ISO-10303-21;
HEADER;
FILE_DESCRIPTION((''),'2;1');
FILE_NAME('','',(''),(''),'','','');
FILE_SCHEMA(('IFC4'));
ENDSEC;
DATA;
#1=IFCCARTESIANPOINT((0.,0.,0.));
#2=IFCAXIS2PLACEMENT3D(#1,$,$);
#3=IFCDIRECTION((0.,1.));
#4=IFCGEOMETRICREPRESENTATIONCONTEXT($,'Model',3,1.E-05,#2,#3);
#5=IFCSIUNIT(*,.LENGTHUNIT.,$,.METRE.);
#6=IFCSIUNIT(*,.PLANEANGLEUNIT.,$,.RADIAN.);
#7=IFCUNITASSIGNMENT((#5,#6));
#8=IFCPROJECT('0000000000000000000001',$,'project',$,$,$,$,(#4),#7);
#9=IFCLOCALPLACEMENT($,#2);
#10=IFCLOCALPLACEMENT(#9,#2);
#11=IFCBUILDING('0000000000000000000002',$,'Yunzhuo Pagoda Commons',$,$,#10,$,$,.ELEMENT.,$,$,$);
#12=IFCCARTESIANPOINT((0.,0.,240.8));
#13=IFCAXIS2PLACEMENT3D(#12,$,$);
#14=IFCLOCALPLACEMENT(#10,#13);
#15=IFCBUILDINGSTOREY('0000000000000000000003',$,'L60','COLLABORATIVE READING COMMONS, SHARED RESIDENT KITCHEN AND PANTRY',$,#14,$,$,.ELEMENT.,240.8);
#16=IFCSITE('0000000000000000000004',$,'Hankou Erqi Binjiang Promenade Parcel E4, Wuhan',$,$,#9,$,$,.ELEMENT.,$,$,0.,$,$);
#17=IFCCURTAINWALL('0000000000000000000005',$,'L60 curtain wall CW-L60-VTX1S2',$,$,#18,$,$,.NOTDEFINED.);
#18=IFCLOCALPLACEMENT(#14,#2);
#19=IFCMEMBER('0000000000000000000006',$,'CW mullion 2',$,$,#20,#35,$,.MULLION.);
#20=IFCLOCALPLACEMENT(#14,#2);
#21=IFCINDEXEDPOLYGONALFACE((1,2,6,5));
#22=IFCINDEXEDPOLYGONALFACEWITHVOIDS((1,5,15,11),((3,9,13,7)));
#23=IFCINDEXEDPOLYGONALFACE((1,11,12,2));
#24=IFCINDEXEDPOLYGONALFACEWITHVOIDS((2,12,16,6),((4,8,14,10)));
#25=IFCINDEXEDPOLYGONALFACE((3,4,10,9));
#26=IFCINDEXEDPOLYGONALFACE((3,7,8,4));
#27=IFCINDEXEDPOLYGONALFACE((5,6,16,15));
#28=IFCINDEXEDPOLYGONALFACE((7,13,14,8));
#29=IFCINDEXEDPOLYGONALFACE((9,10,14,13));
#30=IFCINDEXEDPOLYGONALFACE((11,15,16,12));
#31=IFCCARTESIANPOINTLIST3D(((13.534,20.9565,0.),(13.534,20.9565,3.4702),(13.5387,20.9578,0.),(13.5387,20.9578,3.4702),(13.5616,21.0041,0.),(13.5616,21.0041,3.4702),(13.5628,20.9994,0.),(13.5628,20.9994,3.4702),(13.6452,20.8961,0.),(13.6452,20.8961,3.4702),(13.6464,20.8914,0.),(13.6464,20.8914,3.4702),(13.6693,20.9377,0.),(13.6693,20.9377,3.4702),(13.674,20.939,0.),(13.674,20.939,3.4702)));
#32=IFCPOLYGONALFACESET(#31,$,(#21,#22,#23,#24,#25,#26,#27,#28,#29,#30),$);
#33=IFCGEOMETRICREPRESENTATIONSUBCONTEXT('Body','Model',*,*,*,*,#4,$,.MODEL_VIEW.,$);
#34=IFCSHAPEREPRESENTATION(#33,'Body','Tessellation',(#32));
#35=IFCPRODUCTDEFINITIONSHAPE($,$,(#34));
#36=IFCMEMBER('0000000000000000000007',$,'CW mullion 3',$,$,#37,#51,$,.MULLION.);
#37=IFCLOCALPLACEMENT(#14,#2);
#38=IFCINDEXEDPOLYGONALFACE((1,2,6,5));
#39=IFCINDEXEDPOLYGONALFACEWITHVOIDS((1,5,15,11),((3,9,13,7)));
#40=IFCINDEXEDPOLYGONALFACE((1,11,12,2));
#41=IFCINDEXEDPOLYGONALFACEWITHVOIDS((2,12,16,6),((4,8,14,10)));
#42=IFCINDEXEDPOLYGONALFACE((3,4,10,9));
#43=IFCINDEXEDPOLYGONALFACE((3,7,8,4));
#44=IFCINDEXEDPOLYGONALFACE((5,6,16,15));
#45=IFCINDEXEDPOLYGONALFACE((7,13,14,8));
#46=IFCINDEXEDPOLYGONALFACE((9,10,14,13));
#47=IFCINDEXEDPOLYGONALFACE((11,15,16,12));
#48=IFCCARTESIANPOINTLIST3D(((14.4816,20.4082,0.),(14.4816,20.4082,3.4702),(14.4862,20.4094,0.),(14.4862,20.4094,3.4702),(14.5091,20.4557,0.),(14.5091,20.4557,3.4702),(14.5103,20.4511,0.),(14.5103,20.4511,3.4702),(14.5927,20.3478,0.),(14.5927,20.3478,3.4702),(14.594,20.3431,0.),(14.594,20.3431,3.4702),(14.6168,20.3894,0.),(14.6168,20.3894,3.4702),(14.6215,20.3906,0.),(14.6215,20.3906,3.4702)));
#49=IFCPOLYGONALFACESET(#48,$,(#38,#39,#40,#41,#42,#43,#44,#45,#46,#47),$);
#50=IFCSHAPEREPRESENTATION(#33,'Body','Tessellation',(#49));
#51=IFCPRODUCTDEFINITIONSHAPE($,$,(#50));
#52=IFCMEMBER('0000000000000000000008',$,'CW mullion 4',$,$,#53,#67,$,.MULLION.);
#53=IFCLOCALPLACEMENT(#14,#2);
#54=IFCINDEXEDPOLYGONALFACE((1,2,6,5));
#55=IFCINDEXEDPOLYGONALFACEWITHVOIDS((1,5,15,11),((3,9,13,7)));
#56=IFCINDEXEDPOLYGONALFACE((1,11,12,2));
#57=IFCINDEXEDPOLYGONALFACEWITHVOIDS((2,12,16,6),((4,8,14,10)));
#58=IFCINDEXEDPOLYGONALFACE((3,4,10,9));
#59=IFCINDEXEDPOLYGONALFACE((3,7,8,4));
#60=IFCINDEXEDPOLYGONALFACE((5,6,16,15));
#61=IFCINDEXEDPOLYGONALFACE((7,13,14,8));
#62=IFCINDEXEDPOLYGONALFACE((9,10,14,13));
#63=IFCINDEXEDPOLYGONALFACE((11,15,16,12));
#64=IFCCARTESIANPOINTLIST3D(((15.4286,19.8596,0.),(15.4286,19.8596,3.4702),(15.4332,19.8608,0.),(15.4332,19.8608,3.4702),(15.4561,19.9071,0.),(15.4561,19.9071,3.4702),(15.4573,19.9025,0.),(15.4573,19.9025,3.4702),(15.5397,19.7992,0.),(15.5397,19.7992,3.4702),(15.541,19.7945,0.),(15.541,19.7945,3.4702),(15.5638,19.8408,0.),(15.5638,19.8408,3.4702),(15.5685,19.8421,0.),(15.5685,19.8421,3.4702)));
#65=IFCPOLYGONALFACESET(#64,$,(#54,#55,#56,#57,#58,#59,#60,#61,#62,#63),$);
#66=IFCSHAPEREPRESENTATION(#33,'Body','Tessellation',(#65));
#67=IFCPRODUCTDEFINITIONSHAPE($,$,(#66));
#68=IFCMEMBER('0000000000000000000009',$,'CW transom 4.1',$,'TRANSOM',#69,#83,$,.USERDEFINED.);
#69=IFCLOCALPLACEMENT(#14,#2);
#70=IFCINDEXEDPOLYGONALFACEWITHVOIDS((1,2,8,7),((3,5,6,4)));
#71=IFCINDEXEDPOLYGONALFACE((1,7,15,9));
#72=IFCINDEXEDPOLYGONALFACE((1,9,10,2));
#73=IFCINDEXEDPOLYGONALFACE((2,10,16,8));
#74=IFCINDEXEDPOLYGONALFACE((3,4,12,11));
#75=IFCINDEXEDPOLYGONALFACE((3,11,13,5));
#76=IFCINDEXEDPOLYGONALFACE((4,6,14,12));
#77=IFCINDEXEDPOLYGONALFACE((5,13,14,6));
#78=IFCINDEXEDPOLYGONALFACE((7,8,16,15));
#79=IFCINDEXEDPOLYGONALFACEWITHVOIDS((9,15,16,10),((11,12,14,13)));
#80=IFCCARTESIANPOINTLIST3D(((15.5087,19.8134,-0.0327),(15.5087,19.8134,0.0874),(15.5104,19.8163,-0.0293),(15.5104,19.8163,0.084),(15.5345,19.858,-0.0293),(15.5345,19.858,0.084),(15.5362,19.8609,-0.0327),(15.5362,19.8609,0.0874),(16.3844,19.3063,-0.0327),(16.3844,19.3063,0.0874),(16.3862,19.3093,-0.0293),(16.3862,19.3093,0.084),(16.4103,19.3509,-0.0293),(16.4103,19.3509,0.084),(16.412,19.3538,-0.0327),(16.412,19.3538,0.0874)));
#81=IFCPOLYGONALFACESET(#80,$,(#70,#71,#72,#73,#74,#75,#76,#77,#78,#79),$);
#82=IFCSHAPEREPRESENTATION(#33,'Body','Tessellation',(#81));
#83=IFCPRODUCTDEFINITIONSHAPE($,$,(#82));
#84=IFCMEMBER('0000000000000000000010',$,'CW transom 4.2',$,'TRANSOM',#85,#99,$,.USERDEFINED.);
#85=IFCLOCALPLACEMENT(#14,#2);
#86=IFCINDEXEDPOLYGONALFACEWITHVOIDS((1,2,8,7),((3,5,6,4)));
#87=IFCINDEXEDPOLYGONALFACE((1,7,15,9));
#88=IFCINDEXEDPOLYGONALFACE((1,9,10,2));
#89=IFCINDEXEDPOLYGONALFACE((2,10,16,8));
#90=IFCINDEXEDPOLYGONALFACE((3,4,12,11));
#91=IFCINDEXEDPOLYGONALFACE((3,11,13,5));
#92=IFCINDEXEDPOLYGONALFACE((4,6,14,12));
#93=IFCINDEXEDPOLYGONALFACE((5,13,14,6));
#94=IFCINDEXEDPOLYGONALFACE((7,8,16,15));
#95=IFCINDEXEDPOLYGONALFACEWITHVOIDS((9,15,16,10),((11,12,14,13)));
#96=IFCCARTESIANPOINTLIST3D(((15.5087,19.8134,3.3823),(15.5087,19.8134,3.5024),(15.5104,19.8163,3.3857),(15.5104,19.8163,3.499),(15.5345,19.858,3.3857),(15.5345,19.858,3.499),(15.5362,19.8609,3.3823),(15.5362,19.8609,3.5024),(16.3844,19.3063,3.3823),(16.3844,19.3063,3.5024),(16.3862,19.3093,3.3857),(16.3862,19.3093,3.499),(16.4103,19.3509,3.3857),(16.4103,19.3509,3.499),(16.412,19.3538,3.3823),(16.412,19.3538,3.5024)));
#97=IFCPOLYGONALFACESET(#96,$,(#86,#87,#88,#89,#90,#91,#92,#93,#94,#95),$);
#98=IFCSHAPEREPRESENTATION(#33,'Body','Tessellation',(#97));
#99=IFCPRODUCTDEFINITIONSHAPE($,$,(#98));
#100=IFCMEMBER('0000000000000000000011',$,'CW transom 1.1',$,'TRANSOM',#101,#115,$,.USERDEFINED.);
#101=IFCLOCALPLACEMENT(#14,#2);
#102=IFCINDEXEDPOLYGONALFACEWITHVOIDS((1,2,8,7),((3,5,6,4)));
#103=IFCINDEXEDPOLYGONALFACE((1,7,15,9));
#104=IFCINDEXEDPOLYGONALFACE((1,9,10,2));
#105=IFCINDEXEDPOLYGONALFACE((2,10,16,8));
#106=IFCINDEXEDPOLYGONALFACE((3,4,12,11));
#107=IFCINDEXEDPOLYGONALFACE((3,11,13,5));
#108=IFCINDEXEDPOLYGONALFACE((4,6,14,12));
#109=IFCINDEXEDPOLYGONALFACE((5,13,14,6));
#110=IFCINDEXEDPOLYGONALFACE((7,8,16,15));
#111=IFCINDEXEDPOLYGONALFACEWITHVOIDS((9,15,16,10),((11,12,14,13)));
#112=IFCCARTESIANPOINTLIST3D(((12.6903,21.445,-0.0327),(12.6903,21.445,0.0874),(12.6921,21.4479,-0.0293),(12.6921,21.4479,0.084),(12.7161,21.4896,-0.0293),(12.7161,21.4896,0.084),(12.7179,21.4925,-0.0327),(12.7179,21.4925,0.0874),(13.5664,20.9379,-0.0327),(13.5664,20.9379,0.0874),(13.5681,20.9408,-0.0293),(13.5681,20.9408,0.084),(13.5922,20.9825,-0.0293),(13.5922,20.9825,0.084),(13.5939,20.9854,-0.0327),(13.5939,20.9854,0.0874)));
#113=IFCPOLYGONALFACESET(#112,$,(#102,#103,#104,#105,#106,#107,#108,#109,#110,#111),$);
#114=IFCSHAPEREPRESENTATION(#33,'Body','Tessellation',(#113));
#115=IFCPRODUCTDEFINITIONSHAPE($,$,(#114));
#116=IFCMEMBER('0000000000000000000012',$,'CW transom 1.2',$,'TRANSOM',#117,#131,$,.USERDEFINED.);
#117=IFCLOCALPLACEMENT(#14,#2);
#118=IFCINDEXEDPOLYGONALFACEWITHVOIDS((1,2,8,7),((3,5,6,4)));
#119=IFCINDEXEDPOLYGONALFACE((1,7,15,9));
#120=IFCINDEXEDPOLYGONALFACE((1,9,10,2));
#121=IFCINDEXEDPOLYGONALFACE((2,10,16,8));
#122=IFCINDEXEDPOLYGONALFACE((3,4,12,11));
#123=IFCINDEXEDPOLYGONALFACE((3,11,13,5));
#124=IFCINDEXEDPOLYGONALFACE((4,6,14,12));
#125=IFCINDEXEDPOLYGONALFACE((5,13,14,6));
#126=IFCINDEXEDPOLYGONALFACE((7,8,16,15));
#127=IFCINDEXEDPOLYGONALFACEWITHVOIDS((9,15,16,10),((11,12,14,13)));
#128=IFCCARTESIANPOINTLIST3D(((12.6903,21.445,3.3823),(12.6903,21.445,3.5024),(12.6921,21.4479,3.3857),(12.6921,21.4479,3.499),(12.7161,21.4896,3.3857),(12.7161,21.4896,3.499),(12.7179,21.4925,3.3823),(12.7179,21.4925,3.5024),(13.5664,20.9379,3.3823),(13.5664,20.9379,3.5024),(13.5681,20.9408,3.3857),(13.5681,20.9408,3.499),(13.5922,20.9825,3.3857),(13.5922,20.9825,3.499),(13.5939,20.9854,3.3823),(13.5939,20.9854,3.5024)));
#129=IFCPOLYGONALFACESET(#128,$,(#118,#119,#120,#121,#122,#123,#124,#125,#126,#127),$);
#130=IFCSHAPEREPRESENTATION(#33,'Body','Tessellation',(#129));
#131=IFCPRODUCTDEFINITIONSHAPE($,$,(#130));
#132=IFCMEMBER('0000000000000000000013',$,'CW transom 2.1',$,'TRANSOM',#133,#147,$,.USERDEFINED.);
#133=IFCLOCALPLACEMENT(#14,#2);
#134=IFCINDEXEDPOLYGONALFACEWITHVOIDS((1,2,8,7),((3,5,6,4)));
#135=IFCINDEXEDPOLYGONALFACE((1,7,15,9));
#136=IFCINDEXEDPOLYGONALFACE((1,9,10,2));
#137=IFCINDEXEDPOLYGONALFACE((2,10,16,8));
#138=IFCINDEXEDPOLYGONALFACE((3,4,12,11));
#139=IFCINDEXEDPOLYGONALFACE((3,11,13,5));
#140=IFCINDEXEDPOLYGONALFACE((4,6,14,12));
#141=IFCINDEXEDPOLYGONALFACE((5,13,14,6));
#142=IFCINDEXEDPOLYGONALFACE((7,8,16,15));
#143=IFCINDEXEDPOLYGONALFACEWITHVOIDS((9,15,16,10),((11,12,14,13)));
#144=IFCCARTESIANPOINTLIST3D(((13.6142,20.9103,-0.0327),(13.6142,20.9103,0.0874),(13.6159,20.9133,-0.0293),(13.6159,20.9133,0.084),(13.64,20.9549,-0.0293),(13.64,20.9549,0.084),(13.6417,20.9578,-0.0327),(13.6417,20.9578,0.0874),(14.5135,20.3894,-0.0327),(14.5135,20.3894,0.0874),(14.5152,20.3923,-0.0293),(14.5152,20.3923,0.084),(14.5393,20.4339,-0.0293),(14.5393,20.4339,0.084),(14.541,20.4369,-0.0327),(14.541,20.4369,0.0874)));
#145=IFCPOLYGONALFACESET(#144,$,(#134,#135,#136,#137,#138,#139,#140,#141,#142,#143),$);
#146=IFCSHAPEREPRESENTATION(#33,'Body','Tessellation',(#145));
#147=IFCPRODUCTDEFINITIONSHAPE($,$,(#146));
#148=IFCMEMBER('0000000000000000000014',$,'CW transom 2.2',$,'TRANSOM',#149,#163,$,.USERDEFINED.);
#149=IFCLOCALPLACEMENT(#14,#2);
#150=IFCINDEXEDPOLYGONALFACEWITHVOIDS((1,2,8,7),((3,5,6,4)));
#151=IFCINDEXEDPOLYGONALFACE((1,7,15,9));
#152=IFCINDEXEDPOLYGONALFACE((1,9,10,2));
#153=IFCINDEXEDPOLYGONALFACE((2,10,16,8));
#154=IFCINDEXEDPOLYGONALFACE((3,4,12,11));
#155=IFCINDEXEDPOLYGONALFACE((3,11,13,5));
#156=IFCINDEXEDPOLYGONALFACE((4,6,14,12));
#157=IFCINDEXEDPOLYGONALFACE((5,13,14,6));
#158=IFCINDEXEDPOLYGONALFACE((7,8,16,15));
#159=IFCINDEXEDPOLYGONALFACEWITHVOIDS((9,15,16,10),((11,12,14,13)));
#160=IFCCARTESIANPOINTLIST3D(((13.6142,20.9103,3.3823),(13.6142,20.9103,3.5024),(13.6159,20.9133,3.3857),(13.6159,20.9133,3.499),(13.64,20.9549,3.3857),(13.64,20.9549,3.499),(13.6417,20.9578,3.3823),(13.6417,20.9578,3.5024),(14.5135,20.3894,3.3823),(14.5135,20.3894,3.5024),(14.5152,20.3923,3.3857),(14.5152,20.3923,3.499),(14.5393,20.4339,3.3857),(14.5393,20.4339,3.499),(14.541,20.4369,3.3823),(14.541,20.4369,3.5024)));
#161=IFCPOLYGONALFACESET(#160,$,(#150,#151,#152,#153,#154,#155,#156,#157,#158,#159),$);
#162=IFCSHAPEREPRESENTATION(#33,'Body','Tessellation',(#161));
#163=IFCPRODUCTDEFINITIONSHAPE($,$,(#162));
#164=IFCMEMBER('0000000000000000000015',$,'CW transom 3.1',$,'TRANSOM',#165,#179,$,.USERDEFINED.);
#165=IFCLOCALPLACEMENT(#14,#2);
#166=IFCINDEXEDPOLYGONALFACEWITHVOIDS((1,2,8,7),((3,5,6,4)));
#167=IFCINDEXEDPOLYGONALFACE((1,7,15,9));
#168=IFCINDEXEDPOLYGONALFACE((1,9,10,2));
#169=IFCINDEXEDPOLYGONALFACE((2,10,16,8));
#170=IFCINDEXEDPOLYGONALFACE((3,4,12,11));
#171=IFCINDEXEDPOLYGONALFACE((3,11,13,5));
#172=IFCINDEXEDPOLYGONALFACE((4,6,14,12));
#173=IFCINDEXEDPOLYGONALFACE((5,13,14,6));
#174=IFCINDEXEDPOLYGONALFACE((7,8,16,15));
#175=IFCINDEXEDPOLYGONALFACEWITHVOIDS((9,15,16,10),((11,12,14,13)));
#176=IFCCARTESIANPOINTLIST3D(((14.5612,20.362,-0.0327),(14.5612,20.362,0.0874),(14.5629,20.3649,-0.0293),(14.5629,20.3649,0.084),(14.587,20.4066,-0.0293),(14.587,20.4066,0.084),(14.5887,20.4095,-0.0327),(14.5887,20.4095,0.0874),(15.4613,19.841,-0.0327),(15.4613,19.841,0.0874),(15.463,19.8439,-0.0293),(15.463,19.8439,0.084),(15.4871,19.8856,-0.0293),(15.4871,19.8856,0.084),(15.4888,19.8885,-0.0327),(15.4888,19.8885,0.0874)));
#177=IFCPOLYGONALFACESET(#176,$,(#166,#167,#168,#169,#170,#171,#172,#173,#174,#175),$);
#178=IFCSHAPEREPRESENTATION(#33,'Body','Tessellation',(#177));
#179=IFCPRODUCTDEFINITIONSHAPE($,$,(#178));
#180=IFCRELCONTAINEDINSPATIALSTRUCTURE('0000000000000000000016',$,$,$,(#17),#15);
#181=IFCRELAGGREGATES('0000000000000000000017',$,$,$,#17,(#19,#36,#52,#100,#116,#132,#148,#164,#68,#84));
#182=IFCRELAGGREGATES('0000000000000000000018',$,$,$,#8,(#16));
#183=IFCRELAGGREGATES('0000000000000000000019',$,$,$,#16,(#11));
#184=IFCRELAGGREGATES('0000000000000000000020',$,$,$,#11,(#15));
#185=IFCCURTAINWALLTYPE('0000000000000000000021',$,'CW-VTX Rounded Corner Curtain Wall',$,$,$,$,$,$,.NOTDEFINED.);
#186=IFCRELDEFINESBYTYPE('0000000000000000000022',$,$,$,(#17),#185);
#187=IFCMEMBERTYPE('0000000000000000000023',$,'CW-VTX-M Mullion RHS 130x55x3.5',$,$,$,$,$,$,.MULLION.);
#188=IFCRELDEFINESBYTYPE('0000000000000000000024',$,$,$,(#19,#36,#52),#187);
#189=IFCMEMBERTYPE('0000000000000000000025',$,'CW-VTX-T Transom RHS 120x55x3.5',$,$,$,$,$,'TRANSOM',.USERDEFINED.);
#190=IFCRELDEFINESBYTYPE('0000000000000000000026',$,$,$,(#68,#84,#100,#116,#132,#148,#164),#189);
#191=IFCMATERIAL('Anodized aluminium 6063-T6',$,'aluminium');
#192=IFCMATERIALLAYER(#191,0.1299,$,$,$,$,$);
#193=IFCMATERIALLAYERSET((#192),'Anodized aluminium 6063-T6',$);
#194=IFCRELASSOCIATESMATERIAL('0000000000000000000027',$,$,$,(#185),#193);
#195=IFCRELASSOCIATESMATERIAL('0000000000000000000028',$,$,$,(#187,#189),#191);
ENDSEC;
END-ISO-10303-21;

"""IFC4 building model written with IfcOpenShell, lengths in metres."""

from ifc_helpers import new_model, si_unit, direction, frame, origin, origin_2d, place, context, subcontext, project, spatial, hollow_rectangle, extrude, source, transform, mapped, material, layer, layer_set, material_profile, profile_set, type_object, element, aggregate, save


model = new_model("IFC4")

# Units and contexts
model_context = context("Model", 3, precision=1e-05, world=origin(), true_north=direction((0.0, 1.0)))
body_context = subcontext(model_context, "Body", "Model", "MODEL_VIEW")
ifc_project = project(units=[si_unit("LENGTHUNIT", "METRE"), si_unit("PLANEANGLEUNIT", "RADIAN")], contexts=[model_context])

# Site, building, storey
site_placement = place(None, origin())
site = spatial("IfcSite", under=ifc_project, at=site_placement, Name="Hankou Erqi Binjiang Promenade Parcel E4, Wuhan", CompositionType="ELEMENT", RefElevation=0.0)
building_placement = place(site_placement, origin())
building = spatial("IfcBuilding", under=site, at=building_placement, Name="Yunzhuo Pagoda Commons", CompositionType="ELEMENT")
storey_placement = place(building_placement, frame((0.0, 0.0, 240.8)))
storey = spatial("IfcBuildingStorey", under=building, at=storey_placement, Name="L60", Description="COLLABORATIVE READING COMMONS, SHARED RESIDENT KITCHEN AND PANTRY", CompositionType="ELEMENT", Elevation=240.8)

# Curtain wall, members
ifc_material_1 = material(Name="Anodized aluminium 6063-T6", Category="aluminium")
ifc_layer_1 = layer(ifc_material_1, 0.1299)
ifc_layer_set_1 = layer_set([ifc_layer_1], Name="Anodized aluminium 6063-T6")
curtain_wall_type = type_object("IfcCurtainWallType", Name="CW-VTX Rounded Corner Curtain Wall", PredefinedType="NOTDEFINED", material=ifc_layer_set_1)
curtain_wall_1_placement = place(storey_placement, origin())
curtain_wall_1 = element("IfcCurtainWall", 1, at=curtain_wall_1_placement, inside=storey, type_object=curtain_wall_type, Name="L60 curtain wall CW-L60-VTX1S2", PredefinedType="NOTDEFINED")
ifc_material_profile_1 = material_profile(ifc_material_1, hollow_rectangle(XDim=0.0549, YDim=0.1299, WallThickness=0.0034, at=origin_2d()), Name="Anodized aluminium 6063-T6")
ifc_profile_set_1 = profile_set([ifc_material_profile_1], Name="Anodized aluminium 6063-T6")
member_type_1 = type_object("IfcMemberType", Name="CW-VTX-M Mullion RHS 130x55x3.5", PredefinedType="MULLION", material=ifc_profile_set_1)
shared_shape_1 = source(origin(), body_context, "Body", "SweptSolid", [
    extrude(hollow_rectangle(XDim=0.0549, YDim=0.1299, WallThickness=0.0034, at=origin_2d()), origin(), (0.0, 0.0, 1.0), 3.4702),
])
member_1_placement = place(storey_placement, frame((13.604, 20.9478, 0.0), z_axis=(0.0, 0.0, 1.0), x_axis=(0.501035, 0.865427, 0.0)))
member_1 = element("IfcMember", 2, at=member_1_placement, type_object=member_type_1, Name="CW mullion 2", PredefinedType="MULLION", context=body_context, shape_type="MappedRepresentation", body=[
    mapped(shared_shape_1, transform((0.0, 0.0, 0.0), scale=1.0)),
])
member_2_placement = place(storey_placement, frame((14.5515, 20.3994, 0.0), z_axis=(0.0, 0.0, 1.0), x_axis=(0.501035, 0.865427, 0.0)))
member_2 = element("IfcMember", 3, at=member_2_placement, type_object=member_type_1, Name="CW mullion 3", PredefinedType="MULLION", context=body_context, shape_type="MappedRepresentation", body=[
    mapped(shared_shape_1, transform((0.0, 0.0, 0.0), scale=1.0)),
])
member_3_placement = place(storey_placement, frame((15.4985, 19.8508, 0.0), z_axis=(0.0, 0.0, 1.0), x_axis=(0.501035, 0.865427, 0.0)))
member_3 = element("IfcMember", 4, at=member_3_placement, type_object=member_type_1, Name="CW mullion 4", PredefinedType="MULLION", context=body_context, shape_type="MappedRepresentation", body=[
    mapped(shared_shape_1, transform((0.0, 0.0, 0.0), scale=1.0)),
])
ifc_material_profile_2 = material_profile(ifc_material_1, hollow_rectangle(XDim=0.0549, YDim=0.1201, WallThickness=0.0034, at=origin_2d()), Name="Anodized aluminium 6063-T6")
ifc_profile_set_2 = profile_set([ifc_material_profile_2], Name="Anodized aluminium 6063-T6")
member_type_2 = type_object("IfcMemberType", Name="CW-VTX-T Transom RHS 120x55x3.5", ElementType="TRANSOM", PredefinedType="USERDEFINED", material=ifc_profile_set_2)
shared_shape_2 = source(origin(), body_context, "Body", "SweptSolid", [
    extrude(hollow_rectangle(XDim=0.0549, YDim=0.1201, WallThickness=0.0034, at=origin_2d()), origin(), (0.0, 0.0, 1.0), 1.012),
])
member_4_placement = place(storey_placement, frame((15.5225, 19.8372, 0.0273), z_axis=(0.865393, -0.501093, 0.0), x_axis=(0.501093, 0.865393, 0.0)))
member_4 = element("IfcMember", 5, at=member_4_placement, type_object=member_type_2, Name="CW transom 4.1", ObjectType="TRANSOM", PredefinedType="USERDEFINED", context=body_context, shape_type="MappedRepresentation", body=[
    mapped(shared_shape_2, transform((0.0, 0.0, 0.0), scale=1.0)),
])
member_5_placement = place(storey_placement, frame((15.5225, 19.8372, 3.4424), z_axis=(0.865393, -0.501093, 0.0), x_axis=(0.501093, 0.865393, 0.0)))
member_5 = element("IfcMember", 6, at=member_5_placement, type_object=member_type_2, Name="CW transom 4.2", ObjectType="TRANSOM", PredefinedType="USERDEFINED", context=body_context, shape_type="MappedRepresentation", body=[
    mapped(shared_shape_2, transform((0.0, 0.0, 0.0), scale=1.0)),
])
shared_shape_3 = source(origin(), body_context, "Body", "SweptSolid", [
    extrude(hollow_rectangle(XDim=0.0549, YDim=0.1201, WallThickness=0.0034, at=origin_2d()), origin(), (0.0, 0.0, 1.0), 1.0122),
])
member_6_placement = place(storey_placement, frame((12.7041, 21.4688, 0.0273), z_axis=(0.865454, -0.500989, 0.0), x_axis=(0.500989, 0.865454, 0.0)))
member_6 = element("IfcMember", 7, at=member_6_placement, type_object=member_type_2, Name="CW transom 1.1", ObjectType="TRANSOM", PredefinedType="USERDEFINED", context=body_context, shape_type="MappedRepresentation", body=[
    mapped(shared_shape_3, transform((0.0, 0.0, 0.0), scale=1.0)),
])
member_7_placement = place(storey_placement, frame((12.7041, 21.4688, 3.4424), z_axis=(0.865454, -0.500989, 0.0), x_axis=(0.500989, 0.865454, 0.0)))
member_7 = element("IfcMember", 8, at=member_7_placement, type_object=member_type_2, Name="CW transom 1.2", ObjectType="TRANSOM", PredefinedType="USERDEFINED", context=body_context, shape_type="MappedRepresentation", body=[
    mapped(shared_shape_3, transform((0.0, 0.0, 0.0), scale=1.0)),
])
shared_shape_4 = source(origin(), body_context, "Body", "SweptSolid", [
    extrude(hollow_rectangle(XDim=0.0549, YDim=0.1201, WallThickness=0.0034, at=origin_2d()), origin(), (0.0, 0.0, 1.0), 1.0393),
])
member_8_placement = place(storey_placement, frame((13.6279, 20.9341, 0.0273), z_axis=(0.865308, -0.50124, 0.0), x_axis=(0.50124, 0.865308, 0.0)))
member_8 = element("IfcMember", 9, at=member_8_placement, type_object=member_type_2, Name="CW transom 2.1", ObjectType="TRANSOM", PredefinedType="USERDEFINED", context=body_context, shape_type="MappedRepresentation", body=[
    mapped(shared_shape_4, transform((0.0, 0.0, 0.0), scale=1.0)),
])
member_9_placement = place(storey_placement, frame((13.6279, 20.9341, 3.4424), z_axis=(0.865308, -0.50124, 0.0), x_axis=(0.50124, 0.865308, 0.0)))
member_9 = element("IfcMember", 10, at=member_9_placement, type_object=member_type_2, Name="CW transom 2.2", ObjectType="TRANSOM", PredefinedType="USERDEFINED", context=body_context, shape_type="MappedRepresentation", body=[
    mapped(shared_shape_4, transform((0.0, 0.0, 0.0), scale=1.0)),
])
shared_shape_5 = source(origin(), body_context, "Body", "SweptSolid", [
    extrude(hollow_rectangle(XDim=0.0549, YDim=0.1201, WallThickness=0.0034, at=origin_2d()), origin(), (0.0, 0.0, 1.0), 1.04),
])
member_10_placement = place(storey_placement, frame((14.575, 20.3857, 0.0273), z_axis=(0.865485, -0.500934, 0.0), x_axis=(0.500934, 0.865485, 0.0)))
member_10 = element("IfcMember", 11, at=member_10_placement, type_object=member_type_2, Name="CW transom 3.1", ObjectType="TRANSOM", PredefinedType="USERDEFINED", context=body_context, shape_type="MappedRepresentation", body=[
    mapped(shared_shape_5, transform((0.0, 0.0, 0.0), scale=1.0)),
])

aggregate(curtain_wall_1, [member_1, member_2, member_3, member_6, member_7, member_8, member_9, member_10, member_4, member_5])

save(model, "model.ifc")
